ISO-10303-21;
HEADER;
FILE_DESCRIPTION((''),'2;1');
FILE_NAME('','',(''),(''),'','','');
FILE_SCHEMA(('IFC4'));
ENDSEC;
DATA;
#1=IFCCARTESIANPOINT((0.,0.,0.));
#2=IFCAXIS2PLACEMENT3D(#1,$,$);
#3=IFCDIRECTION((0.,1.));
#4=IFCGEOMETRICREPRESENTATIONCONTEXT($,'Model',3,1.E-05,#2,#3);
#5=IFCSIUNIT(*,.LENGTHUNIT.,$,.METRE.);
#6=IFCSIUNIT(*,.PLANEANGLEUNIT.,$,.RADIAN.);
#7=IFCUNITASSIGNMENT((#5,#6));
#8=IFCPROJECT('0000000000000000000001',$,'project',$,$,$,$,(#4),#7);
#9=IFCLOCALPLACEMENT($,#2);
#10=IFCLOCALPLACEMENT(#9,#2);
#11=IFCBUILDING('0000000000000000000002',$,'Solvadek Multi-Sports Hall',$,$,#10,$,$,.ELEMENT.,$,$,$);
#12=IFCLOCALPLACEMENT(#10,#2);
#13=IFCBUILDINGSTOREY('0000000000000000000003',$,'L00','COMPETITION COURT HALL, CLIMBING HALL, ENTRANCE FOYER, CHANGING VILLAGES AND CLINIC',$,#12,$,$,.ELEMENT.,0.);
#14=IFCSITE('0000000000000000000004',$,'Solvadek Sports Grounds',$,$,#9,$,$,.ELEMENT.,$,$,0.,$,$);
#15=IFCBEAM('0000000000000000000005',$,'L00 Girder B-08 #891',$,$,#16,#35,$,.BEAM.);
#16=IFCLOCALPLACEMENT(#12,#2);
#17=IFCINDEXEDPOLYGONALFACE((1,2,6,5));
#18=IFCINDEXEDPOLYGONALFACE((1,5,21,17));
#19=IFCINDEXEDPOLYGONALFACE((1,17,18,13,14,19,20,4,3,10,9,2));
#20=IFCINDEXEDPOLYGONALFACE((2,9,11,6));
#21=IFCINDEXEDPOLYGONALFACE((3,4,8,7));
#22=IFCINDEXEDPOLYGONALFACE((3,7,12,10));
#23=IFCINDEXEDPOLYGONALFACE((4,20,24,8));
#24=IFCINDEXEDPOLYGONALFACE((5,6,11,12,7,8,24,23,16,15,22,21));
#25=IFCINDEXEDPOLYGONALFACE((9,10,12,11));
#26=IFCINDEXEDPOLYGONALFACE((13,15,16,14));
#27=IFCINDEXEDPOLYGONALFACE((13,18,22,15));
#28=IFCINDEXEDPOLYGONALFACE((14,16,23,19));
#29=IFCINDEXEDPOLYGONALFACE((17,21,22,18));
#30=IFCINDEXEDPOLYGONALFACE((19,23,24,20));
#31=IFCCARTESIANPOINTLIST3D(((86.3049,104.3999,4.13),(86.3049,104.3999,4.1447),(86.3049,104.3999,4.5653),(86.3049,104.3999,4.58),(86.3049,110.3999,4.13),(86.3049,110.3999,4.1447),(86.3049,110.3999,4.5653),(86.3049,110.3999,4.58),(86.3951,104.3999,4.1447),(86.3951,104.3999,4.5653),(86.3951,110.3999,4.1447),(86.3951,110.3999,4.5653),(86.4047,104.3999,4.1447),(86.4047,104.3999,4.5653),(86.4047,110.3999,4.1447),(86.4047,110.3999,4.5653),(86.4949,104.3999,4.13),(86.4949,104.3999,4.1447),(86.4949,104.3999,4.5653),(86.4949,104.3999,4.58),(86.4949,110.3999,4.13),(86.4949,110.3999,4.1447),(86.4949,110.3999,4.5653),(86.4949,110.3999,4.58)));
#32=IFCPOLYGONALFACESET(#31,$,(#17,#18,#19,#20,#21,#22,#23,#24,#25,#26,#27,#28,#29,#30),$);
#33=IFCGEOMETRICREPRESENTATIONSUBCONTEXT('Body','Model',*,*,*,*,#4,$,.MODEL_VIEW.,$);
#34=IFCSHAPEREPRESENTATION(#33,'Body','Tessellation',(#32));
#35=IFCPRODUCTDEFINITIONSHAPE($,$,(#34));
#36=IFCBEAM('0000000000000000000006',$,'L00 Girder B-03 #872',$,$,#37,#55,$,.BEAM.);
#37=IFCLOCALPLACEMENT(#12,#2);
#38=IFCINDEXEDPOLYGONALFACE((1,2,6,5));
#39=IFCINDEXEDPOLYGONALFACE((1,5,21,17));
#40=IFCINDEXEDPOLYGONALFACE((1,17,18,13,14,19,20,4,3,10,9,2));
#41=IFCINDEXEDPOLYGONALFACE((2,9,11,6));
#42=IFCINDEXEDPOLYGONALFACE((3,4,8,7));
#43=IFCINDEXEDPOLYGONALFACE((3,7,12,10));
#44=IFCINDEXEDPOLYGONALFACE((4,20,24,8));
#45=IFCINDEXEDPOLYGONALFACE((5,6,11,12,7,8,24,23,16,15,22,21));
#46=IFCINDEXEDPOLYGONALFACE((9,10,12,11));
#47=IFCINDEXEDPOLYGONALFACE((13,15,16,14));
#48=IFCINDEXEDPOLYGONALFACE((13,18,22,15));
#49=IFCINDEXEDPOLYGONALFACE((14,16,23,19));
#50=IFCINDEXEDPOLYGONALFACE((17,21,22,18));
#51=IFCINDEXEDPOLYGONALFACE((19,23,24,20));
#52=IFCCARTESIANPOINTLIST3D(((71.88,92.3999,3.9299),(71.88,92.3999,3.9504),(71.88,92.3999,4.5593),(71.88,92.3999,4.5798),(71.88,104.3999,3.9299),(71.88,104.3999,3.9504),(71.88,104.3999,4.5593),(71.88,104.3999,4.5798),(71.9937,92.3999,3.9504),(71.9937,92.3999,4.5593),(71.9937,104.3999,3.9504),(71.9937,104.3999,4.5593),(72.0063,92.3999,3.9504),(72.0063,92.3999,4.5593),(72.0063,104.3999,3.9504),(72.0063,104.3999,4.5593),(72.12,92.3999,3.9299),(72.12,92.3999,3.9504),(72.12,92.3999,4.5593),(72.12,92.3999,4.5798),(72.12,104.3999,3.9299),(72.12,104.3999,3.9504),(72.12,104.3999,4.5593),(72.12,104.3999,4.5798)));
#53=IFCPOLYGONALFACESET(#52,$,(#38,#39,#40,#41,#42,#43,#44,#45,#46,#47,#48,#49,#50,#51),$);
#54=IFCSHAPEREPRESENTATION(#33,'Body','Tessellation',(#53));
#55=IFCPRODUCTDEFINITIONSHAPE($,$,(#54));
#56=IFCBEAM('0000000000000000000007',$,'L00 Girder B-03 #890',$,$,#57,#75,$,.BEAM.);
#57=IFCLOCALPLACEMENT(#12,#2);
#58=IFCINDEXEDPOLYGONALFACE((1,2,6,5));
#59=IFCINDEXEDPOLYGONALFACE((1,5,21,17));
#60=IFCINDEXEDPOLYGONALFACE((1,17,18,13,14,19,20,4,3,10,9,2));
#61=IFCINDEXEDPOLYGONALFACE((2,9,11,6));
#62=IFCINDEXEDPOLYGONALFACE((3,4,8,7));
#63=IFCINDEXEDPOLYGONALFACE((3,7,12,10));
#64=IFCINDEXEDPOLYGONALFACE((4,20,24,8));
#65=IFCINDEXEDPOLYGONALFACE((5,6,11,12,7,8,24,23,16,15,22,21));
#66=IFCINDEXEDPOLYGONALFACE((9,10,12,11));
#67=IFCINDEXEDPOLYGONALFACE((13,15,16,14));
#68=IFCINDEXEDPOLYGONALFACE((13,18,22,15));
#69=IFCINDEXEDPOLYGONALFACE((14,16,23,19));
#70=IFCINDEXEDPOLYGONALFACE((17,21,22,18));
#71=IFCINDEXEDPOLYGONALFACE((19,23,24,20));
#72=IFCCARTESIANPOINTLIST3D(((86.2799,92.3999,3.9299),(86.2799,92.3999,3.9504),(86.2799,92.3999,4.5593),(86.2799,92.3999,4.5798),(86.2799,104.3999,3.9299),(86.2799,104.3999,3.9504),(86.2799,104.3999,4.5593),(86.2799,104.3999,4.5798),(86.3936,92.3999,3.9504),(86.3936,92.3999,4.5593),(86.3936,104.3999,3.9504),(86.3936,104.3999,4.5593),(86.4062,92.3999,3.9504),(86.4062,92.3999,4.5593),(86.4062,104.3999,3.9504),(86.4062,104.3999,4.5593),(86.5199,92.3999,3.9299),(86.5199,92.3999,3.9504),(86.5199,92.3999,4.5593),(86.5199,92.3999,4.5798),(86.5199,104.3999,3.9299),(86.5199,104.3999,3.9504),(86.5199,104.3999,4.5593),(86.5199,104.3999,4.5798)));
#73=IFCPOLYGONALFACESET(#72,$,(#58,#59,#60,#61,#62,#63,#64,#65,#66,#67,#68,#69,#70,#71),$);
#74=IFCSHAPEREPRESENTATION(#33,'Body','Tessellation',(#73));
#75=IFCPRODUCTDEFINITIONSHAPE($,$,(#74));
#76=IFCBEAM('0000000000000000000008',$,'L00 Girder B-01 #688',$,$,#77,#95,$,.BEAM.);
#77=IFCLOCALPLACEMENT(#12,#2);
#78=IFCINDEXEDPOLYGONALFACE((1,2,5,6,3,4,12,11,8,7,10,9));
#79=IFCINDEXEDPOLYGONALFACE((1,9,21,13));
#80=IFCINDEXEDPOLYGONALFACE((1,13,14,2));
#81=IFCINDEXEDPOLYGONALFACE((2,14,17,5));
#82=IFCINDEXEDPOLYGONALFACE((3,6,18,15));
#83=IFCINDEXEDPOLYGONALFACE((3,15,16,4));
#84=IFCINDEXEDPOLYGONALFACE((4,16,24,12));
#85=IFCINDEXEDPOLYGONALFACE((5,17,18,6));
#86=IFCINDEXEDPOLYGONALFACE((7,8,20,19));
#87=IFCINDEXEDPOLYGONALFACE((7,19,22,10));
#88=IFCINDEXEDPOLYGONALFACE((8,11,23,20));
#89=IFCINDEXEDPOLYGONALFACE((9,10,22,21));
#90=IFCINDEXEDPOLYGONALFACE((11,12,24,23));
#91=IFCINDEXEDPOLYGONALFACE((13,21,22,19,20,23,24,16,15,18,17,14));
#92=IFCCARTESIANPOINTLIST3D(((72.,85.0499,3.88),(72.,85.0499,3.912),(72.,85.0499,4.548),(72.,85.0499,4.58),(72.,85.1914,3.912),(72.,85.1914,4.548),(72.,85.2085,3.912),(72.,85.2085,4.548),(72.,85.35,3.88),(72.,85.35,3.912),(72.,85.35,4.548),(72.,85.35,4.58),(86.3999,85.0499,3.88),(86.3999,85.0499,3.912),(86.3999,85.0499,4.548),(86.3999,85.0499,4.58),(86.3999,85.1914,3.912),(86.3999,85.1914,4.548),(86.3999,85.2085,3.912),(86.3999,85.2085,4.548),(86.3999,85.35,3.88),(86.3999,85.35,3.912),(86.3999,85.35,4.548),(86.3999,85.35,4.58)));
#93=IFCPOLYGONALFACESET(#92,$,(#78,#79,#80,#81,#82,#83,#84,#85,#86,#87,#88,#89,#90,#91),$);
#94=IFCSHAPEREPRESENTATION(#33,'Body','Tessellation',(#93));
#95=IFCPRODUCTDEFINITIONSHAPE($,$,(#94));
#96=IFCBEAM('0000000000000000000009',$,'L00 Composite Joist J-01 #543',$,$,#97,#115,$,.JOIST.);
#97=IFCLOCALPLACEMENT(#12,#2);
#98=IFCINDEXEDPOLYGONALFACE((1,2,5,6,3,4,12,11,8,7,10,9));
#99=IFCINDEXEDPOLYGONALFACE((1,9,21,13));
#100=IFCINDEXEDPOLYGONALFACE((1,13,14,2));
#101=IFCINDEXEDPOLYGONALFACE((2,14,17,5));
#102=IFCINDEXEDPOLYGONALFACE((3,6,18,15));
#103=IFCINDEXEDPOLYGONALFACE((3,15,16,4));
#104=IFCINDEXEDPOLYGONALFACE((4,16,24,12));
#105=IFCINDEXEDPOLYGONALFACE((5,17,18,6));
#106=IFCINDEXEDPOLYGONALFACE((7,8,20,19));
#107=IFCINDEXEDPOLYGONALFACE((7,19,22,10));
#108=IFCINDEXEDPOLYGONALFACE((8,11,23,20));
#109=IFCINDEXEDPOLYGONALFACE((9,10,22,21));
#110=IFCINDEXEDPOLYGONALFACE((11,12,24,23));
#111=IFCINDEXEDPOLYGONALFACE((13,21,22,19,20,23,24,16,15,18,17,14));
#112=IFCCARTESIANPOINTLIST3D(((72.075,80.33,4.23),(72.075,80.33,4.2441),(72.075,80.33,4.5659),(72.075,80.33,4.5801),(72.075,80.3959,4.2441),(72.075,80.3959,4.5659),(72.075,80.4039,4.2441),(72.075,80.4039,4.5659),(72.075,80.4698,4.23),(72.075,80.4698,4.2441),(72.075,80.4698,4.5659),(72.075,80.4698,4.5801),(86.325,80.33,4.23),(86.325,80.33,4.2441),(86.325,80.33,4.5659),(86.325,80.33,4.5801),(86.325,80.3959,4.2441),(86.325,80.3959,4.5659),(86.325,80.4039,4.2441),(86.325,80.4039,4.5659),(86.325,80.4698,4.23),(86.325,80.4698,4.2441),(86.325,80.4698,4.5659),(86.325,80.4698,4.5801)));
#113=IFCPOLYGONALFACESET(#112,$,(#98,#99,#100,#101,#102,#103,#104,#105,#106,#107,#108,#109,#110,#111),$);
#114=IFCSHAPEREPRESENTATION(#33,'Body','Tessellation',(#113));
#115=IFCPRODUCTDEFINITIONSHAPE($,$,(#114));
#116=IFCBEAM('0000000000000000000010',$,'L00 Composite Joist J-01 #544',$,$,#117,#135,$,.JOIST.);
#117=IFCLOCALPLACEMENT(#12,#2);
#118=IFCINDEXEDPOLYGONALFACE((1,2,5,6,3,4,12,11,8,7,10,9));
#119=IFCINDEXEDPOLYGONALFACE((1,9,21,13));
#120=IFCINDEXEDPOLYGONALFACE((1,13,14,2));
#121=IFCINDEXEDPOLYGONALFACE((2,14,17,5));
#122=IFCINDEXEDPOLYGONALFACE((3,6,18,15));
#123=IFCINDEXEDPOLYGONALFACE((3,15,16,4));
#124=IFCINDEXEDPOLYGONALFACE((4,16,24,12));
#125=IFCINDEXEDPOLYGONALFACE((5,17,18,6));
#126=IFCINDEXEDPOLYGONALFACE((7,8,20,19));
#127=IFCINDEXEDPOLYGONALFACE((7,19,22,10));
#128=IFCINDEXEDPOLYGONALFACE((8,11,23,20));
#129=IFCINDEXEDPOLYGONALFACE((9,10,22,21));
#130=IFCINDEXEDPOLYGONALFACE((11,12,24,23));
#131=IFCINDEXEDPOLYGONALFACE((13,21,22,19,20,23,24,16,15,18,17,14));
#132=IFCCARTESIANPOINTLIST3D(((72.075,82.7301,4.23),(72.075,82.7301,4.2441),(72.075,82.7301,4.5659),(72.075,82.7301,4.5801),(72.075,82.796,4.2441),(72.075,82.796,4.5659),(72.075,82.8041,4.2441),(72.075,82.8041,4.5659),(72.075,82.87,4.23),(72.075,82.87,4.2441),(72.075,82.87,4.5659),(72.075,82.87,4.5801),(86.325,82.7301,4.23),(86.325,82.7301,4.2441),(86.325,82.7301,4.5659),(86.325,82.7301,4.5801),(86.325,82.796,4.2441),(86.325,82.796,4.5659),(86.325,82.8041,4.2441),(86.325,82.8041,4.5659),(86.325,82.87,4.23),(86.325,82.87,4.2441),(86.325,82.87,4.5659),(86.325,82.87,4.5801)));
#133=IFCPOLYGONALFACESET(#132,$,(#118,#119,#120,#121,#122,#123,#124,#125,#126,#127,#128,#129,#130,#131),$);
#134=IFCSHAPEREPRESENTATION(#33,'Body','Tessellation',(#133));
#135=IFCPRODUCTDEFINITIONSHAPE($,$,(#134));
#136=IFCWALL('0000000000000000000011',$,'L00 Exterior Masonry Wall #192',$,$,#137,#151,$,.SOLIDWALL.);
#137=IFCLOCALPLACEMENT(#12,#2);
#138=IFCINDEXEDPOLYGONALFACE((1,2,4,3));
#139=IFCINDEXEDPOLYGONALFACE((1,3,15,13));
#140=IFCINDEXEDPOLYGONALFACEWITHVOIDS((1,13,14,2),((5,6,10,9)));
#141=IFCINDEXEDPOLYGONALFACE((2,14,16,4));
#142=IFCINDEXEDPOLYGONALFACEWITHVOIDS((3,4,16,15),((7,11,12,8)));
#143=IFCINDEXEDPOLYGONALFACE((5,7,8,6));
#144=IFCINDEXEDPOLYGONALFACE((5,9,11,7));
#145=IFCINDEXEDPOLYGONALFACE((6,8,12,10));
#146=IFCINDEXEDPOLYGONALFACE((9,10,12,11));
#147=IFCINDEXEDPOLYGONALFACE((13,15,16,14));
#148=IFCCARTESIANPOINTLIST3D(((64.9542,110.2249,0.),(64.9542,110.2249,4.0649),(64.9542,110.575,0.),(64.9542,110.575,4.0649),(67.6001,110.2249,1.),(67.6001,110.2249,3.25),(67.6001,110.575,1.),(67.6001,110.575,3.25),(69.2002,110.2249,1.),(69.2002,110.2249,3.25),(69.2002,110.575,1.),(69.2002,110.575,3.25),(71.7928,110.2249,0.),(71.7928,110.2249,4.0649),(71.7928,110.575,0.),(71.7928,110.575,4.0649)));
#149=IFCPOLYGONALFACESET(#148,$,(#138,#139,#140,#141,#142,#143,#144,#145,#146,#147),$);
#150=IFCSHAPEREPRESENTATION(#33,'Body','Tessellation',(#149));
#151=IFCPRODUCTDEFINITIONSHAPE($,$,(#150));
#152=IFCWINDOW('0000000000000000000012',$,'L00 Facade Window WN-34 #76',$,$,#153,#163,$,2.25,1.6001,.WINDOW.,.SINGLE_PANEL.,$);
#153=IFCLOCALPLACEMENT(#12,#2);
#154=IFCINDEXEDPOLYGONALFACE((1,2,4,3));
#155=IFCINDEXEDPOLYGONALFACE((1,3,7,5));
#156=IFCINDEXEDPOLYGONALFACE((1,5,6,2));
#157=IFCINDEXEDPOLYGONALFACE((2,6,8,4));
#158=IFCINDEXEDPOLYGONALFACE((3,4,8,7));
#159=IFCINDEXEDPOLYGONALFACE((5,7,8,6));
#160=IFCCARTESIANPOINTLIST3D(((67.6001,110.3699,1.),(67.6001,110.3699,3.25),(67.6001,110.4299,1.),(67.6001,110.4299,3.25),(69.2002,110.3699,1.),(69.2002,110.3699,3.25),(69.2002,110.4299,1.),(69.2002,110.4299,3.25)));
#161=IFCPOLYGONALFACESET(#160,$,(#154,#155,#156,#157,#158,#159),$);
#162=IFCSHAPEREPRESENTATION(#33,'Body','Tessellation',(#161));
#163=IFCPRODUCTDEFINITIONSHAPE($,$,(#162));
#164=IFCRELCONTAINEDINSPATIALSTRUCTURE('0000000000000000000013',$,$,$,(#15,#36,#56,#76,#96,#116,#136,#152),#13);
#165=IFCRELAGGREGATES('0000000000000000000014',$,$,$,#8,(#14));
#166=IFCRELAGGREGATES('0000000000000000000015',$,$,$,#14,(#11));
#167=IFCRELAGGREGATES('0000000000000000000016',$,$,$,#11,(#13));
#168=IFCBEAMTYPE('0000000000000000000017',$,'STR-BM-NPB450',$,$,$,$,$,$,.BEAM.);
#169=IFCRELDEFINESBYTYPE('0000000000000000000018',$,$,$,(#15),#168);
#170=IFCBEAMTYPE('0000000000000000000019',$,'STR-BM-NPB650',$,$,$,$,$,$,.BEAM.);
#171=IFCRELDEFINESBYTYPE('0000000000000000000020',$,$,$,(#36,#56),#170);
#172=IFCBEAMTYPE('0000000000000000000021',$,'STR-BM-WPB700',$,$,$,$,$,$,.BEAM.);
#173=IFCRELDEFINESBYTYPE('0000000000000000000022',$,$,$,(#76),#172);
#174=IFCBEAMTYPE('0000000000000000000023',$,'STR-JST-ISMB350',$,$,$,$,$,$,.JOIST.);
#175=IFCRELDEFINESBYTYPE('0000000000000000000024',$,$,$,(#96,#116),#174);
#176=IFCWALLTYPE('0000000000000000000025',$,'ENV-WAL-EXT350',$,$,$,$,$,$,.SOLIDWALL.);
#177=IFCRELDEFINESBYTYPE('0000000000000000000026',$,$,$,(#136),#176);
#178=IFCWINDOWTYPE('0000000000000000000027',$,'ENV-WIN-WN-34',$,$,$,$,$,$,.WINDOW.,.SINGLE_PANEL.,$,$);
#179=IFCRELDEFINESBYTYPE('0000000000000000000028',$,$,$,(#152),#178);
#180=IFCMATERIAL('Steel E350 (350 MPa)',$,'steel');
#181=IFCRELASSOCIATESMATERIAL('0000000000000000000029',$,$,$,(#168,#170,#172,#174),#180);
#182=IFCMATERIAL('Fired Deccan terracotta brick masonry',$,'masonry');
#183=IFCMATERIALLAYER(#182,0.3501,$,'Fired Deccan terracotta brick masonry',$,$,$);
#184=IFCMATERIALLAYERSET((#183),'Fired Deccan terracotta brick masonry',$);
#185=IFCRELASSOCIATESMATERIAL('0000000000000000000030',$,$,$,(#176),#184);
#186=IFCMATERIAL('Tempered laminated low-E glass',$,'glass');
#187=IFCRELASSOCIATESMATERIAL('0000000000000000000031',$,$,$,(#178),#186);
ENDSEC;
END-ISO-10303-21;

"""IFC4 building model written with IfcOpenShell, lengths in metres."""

from ifc_helpers import new_model, si_unit, direction, frame, frame_2d, origin, origin_2d, place, context, subcontext, project, spatial, rectangle, i_section, extrude, material, layer, layer_set, material_profile, profile_set, type_object, element, fill, save


model = new_model("IFC4")

# Units and contexts
model_context = context("Model", 3, precision=1e-05, world=origin(), true_north=direction((0.0, 1.0)))
body_context = subcontext(model_context, "Body", "Model", "MODEL_VIEW")
ifc_project = project(units=[si_unit("LENGTHUNIT", "METRE"), si_unit("PLANEANGLEUNIT", "RADIAN")], contexts=[model_context])

# Site, building, storey
site_placement = place(None, origin())
site = spatial("IfcSite", under=ifc_project, at=site_placement, Name="Solvadek Sports Grounds", CompositionType="ELEMENT", RefElevation=0.0)
building_placement = place(site_placement, origin())
building = spatial("IfcBuilding", under=site, at=building_placement, Name="Solvadek Multi-Sports Hall", CompositionType="ELEMENT")
storey_placement = place(building_placement, origin())
storey = spatial("IfcBuildingStorey", under=building, at=storey_placement, Name="L00", Description="COMPETITION COURT HALL, CLIMBING HALL, ENTRANCE FOYER, CHANGING VILLAGES AND CLINIC", CompositionType="ELEMENT", Elevation=0.0)

# Shared definitions
ifc_material_1 = material(Name="Steel E350 (350 MPa)", Category="steel")

# Beams
ifc_material_profile_1 = material_profile(ifc_material_1, i_section(OverallWidth=0.1899, OverallDepth=0.45, WebThickness=0.0095, FlangeThickness=0.0146, at=origin_2d()), Name="NPB 450")
ifc_profile_set_1 = profile_set([ifc_material_profile_1], Name="Steel E350 (350 MPa)")
beam_type_1 = type_object("IfcBeamType", Name="STR-BM-NPB450", PredefinedType="BEAM", material=ifc_profile_set_1)
for number, where, z_axis, x_axis, name in (
    (1, (86.3999, 104.3999, 4.355), (0.0, 1.0, 0.0), (-1.0, 0.0, 0.0), "L00 Girder B-08 #891"),
):
    element("IfcBeam", number, at=place(storey_placement, frame(where, z_axis=z_axis, x_axis=x_axis)), inside=storey, type_object=beam_type_1, Name=name, PredefinedType="BEAM", context=body_context, shape_type="SweptSolid", body=[
        extrude(i_section(OverallWidth=0.1899, OverallDepth=0.45, WebThickness=0.0095, FlangeThickness=0.0146, at=origin_2d()), origin(), (0.0, 0.0, 1.0), 6.0),
    ])
ifc_material_profile_2 = material_profile(ifc_material_1, i_section(OverallWidth=0.24, OverallDepth=0.6499, WebThickness=0.0127, FlangeThickness=0.0205, at=origin_2d()), Name="NPB 650")
ifc_profile_set_2 = profile_set([ifc_material_profile_2], Name="Steel E350 (350 MPa)")
beam_type_2 = type_object("IfcBeamType", Name="STR-BM-NPB650", PredefinedType="BEAM", material=ifc_profile_set_2)
for number, where, z_axis, x_axis, name in (
    (2, (72.0, 92.3999, 4.2549), (0.0, 1.0, 0.0), (-1.0, 0.0, 0.0), "L00 Girder B-03 #872"),
    (3, (86.3999, 92.3999, 4.2549), (0.0, 1.0, 0.0), (-1.0, 0.0, 0.0), "L00 Girder B-03 #890"),
):
    element("IfcBeam", number, at=place(storey_placement, frame(where, z_axis=z_axis, x_axis=x_axis)), inside=storey, type_object=beam_type_2, Name=name, PredefinedType="BEAM", context=body_context, shape_type="SweptSolid", body=[
        extrude(i_section(OverallWidth=0.24, OverallDepth=0.6499, WebThickness=0.0127, FlangeThickness=0.0205, at=origin_2d()), origin(), (0.0, 0.0, 1.0), 12.0),
    ])
ifc_material_profile_3 = material_profile(ifc_material_1, i_section(OverallWidth=0.3, OverallDepth=0.7, WebThickness=0.0171, FlangeThickness=0.032, at=origin_2d()), Name="WPB 700")
ifc_profile_set_3 = profile_set([ifc_material_profile_3], Name="Steel E350 (350 MPa)")
beam_type_3 = type_object("IfcBeamType", Name="STR-BM-WPB700", PredefinedType="BEAM", material=ifc_profile_set_3)
beam_placement = place(storey_placement, frame((72.0, 85.2, 4.23), z_axis=(1.0, 0.0, 0.0), x_axis=(0.0, 1.0, 0.0)))
element("IfcBeam", 4, at=beam_placement, inside=storey, type_object=beam_type_3, Name="L00 Girder B-01 #688", PredefinedType="BEAM", context=body_context, shape_type="SweptSolid", body=[
    extrude(i_section(OverallWidth=0.3, OverallDepth=0.7, WebThickness=0.0171, FlangeThickness=0.032, at=origin_2d()), origin(), (0.0, 0.0, 1.0), 14.3999),
])
ifc_material_profile_4 = material_profile(ifc_material_1, i_section(OverallWidth=0.1399, OverallDepth=0.3501, WebThickness=0.0081, FlangeThickness=0.0142, at=origin_2d()), Name="ISMB 350")
ifc_profile_set_4 = profile_set([ifc_material_profile_4], Name="Steel E350 (350 MPa)")
beam_type_4 = type_object("IfcBeamType", Name="STR-JST-ISMB350", PredefinedType="JOIST", material=ifc_profile_set_4)
for number, where, z_axis, x_axis, name in (
    (5, (72.075, 80.3999, 4.405), (1.0, 0.0, 0.0), (0.0, 1.0, 0.0), "L00 Composite Joist J-01 #543"),
    (6, (72.075, 82.8, 4.405), (1.0, 0.0, 0.0), (0.0, 1.0, 0.0), "L00 Composite Joist J-01 #544"),
):
    element("IfcBeam", number, at=place(storey_placement, frame(where, z_axis=z_axis, x_axis=x_axis)), inside=storey, type_object=beam_type_4, Name=name, PredefinedType="JOIST", context=body_context, shape_type="SweptSolid", body=[
        extrude(i_section(OverallWidth=0.1399, OverallDepth=0.3501, WebThickness=0.0081, FlangeThickness=0.0142, at=origin_2d()), origin(), (0.0, 0.0, 1.0), 14.25),
    ])

# Wall, opening, window
ifc_material_2 = material(Name="Fired Deccan terracotta brick masonry", Category="masonry")
ifc_layer = layer(ifc_material_2, 0.3501, Name="Fired Deccan terracotta brick masonry")
ifc_layer_set = layer_set([ifc_layer], Name="Fired Deccan terracotta brick masonry")
wall_type = type_object("IfcWallType", Name="ENV-WAL-EXT350", PredefinedType="SOLIDWALL", material=ifc_layer_set)
wall_placement = place(storey_placement, frame((64.9541, 110.3999, 0.0), z_axis=(0.0, 0.0, 1.0), x_axis=(1.0, 0.0, 0.0)))
wall = element("IfcWall", 7, at=wall_placement, inside=storey, type_object=wall_type, Name="L00 Exterior Masonry Wall #192", PredefinedType="SOLIDWALL", context=body_context, shape_type="SweptSolid", body=[
    extrude(rectangle(XDim=6.8386, YDim=0.3501, at=frame_2d((3.4194, 0.0))), origin(), (0.0, 0.0, 1.0), 4.0649),
])
opening_placement = place(wall_placement, frame((2.646, 0.0, 1.0)))
opening = element("IfcOpeningElement", 8, at=opening_placement, cuts=wall, PredefinedType="OPENING", context=body_context, shape_type="SweptSolid", body=[
    extrude(rectangle(XDim=1.6001, YDim=2.25, at=frame_2d((0.8, 1.125))), frame((0.0, 0.1851, 0.0), z_axis=(0.0, -1.0, 0.0), x_axis=(1.0, 0.0, 0.0)), (0.0, 0.0, 1.0), 0.3701),
])
ifc_material_3 = material(Name="Tempered laminated low-E glass", Category="glass")
window_type = type_object("IfcWindowType", Name="ENV-WIN-WN-34", PartitioningType="SINGLE_PANEL", PredefinedType="WINDOW", material=ifc_material_3)
window_placement = place(opening_placement, origin())
window = element("IfcWindow", 9, at=window_placement, inside=storey, type_object=window_type, Name="L00 Facade Window WN-34 #76", OverallHeight=2.25, OverallWidth=1.6001, PartitioningType="SINGLE_PANEL", PredefinedType="WINDOW", context=body_context, shape_type="SweptSolid", body=[
    extrude(rectangle(XDim=1.6001, YDim=2.25, at=frame_2d((0.8, 1.125))), frame((0.0, 0.03, 0.0), z_axis=(0.0, -1.0, 0.0), x_axis=(1.0, 0.0, 0.0)), (0.0, 0.0, 1.0), 0.0601),
])
fill(opening, window)

save(model, "model.ifc")
